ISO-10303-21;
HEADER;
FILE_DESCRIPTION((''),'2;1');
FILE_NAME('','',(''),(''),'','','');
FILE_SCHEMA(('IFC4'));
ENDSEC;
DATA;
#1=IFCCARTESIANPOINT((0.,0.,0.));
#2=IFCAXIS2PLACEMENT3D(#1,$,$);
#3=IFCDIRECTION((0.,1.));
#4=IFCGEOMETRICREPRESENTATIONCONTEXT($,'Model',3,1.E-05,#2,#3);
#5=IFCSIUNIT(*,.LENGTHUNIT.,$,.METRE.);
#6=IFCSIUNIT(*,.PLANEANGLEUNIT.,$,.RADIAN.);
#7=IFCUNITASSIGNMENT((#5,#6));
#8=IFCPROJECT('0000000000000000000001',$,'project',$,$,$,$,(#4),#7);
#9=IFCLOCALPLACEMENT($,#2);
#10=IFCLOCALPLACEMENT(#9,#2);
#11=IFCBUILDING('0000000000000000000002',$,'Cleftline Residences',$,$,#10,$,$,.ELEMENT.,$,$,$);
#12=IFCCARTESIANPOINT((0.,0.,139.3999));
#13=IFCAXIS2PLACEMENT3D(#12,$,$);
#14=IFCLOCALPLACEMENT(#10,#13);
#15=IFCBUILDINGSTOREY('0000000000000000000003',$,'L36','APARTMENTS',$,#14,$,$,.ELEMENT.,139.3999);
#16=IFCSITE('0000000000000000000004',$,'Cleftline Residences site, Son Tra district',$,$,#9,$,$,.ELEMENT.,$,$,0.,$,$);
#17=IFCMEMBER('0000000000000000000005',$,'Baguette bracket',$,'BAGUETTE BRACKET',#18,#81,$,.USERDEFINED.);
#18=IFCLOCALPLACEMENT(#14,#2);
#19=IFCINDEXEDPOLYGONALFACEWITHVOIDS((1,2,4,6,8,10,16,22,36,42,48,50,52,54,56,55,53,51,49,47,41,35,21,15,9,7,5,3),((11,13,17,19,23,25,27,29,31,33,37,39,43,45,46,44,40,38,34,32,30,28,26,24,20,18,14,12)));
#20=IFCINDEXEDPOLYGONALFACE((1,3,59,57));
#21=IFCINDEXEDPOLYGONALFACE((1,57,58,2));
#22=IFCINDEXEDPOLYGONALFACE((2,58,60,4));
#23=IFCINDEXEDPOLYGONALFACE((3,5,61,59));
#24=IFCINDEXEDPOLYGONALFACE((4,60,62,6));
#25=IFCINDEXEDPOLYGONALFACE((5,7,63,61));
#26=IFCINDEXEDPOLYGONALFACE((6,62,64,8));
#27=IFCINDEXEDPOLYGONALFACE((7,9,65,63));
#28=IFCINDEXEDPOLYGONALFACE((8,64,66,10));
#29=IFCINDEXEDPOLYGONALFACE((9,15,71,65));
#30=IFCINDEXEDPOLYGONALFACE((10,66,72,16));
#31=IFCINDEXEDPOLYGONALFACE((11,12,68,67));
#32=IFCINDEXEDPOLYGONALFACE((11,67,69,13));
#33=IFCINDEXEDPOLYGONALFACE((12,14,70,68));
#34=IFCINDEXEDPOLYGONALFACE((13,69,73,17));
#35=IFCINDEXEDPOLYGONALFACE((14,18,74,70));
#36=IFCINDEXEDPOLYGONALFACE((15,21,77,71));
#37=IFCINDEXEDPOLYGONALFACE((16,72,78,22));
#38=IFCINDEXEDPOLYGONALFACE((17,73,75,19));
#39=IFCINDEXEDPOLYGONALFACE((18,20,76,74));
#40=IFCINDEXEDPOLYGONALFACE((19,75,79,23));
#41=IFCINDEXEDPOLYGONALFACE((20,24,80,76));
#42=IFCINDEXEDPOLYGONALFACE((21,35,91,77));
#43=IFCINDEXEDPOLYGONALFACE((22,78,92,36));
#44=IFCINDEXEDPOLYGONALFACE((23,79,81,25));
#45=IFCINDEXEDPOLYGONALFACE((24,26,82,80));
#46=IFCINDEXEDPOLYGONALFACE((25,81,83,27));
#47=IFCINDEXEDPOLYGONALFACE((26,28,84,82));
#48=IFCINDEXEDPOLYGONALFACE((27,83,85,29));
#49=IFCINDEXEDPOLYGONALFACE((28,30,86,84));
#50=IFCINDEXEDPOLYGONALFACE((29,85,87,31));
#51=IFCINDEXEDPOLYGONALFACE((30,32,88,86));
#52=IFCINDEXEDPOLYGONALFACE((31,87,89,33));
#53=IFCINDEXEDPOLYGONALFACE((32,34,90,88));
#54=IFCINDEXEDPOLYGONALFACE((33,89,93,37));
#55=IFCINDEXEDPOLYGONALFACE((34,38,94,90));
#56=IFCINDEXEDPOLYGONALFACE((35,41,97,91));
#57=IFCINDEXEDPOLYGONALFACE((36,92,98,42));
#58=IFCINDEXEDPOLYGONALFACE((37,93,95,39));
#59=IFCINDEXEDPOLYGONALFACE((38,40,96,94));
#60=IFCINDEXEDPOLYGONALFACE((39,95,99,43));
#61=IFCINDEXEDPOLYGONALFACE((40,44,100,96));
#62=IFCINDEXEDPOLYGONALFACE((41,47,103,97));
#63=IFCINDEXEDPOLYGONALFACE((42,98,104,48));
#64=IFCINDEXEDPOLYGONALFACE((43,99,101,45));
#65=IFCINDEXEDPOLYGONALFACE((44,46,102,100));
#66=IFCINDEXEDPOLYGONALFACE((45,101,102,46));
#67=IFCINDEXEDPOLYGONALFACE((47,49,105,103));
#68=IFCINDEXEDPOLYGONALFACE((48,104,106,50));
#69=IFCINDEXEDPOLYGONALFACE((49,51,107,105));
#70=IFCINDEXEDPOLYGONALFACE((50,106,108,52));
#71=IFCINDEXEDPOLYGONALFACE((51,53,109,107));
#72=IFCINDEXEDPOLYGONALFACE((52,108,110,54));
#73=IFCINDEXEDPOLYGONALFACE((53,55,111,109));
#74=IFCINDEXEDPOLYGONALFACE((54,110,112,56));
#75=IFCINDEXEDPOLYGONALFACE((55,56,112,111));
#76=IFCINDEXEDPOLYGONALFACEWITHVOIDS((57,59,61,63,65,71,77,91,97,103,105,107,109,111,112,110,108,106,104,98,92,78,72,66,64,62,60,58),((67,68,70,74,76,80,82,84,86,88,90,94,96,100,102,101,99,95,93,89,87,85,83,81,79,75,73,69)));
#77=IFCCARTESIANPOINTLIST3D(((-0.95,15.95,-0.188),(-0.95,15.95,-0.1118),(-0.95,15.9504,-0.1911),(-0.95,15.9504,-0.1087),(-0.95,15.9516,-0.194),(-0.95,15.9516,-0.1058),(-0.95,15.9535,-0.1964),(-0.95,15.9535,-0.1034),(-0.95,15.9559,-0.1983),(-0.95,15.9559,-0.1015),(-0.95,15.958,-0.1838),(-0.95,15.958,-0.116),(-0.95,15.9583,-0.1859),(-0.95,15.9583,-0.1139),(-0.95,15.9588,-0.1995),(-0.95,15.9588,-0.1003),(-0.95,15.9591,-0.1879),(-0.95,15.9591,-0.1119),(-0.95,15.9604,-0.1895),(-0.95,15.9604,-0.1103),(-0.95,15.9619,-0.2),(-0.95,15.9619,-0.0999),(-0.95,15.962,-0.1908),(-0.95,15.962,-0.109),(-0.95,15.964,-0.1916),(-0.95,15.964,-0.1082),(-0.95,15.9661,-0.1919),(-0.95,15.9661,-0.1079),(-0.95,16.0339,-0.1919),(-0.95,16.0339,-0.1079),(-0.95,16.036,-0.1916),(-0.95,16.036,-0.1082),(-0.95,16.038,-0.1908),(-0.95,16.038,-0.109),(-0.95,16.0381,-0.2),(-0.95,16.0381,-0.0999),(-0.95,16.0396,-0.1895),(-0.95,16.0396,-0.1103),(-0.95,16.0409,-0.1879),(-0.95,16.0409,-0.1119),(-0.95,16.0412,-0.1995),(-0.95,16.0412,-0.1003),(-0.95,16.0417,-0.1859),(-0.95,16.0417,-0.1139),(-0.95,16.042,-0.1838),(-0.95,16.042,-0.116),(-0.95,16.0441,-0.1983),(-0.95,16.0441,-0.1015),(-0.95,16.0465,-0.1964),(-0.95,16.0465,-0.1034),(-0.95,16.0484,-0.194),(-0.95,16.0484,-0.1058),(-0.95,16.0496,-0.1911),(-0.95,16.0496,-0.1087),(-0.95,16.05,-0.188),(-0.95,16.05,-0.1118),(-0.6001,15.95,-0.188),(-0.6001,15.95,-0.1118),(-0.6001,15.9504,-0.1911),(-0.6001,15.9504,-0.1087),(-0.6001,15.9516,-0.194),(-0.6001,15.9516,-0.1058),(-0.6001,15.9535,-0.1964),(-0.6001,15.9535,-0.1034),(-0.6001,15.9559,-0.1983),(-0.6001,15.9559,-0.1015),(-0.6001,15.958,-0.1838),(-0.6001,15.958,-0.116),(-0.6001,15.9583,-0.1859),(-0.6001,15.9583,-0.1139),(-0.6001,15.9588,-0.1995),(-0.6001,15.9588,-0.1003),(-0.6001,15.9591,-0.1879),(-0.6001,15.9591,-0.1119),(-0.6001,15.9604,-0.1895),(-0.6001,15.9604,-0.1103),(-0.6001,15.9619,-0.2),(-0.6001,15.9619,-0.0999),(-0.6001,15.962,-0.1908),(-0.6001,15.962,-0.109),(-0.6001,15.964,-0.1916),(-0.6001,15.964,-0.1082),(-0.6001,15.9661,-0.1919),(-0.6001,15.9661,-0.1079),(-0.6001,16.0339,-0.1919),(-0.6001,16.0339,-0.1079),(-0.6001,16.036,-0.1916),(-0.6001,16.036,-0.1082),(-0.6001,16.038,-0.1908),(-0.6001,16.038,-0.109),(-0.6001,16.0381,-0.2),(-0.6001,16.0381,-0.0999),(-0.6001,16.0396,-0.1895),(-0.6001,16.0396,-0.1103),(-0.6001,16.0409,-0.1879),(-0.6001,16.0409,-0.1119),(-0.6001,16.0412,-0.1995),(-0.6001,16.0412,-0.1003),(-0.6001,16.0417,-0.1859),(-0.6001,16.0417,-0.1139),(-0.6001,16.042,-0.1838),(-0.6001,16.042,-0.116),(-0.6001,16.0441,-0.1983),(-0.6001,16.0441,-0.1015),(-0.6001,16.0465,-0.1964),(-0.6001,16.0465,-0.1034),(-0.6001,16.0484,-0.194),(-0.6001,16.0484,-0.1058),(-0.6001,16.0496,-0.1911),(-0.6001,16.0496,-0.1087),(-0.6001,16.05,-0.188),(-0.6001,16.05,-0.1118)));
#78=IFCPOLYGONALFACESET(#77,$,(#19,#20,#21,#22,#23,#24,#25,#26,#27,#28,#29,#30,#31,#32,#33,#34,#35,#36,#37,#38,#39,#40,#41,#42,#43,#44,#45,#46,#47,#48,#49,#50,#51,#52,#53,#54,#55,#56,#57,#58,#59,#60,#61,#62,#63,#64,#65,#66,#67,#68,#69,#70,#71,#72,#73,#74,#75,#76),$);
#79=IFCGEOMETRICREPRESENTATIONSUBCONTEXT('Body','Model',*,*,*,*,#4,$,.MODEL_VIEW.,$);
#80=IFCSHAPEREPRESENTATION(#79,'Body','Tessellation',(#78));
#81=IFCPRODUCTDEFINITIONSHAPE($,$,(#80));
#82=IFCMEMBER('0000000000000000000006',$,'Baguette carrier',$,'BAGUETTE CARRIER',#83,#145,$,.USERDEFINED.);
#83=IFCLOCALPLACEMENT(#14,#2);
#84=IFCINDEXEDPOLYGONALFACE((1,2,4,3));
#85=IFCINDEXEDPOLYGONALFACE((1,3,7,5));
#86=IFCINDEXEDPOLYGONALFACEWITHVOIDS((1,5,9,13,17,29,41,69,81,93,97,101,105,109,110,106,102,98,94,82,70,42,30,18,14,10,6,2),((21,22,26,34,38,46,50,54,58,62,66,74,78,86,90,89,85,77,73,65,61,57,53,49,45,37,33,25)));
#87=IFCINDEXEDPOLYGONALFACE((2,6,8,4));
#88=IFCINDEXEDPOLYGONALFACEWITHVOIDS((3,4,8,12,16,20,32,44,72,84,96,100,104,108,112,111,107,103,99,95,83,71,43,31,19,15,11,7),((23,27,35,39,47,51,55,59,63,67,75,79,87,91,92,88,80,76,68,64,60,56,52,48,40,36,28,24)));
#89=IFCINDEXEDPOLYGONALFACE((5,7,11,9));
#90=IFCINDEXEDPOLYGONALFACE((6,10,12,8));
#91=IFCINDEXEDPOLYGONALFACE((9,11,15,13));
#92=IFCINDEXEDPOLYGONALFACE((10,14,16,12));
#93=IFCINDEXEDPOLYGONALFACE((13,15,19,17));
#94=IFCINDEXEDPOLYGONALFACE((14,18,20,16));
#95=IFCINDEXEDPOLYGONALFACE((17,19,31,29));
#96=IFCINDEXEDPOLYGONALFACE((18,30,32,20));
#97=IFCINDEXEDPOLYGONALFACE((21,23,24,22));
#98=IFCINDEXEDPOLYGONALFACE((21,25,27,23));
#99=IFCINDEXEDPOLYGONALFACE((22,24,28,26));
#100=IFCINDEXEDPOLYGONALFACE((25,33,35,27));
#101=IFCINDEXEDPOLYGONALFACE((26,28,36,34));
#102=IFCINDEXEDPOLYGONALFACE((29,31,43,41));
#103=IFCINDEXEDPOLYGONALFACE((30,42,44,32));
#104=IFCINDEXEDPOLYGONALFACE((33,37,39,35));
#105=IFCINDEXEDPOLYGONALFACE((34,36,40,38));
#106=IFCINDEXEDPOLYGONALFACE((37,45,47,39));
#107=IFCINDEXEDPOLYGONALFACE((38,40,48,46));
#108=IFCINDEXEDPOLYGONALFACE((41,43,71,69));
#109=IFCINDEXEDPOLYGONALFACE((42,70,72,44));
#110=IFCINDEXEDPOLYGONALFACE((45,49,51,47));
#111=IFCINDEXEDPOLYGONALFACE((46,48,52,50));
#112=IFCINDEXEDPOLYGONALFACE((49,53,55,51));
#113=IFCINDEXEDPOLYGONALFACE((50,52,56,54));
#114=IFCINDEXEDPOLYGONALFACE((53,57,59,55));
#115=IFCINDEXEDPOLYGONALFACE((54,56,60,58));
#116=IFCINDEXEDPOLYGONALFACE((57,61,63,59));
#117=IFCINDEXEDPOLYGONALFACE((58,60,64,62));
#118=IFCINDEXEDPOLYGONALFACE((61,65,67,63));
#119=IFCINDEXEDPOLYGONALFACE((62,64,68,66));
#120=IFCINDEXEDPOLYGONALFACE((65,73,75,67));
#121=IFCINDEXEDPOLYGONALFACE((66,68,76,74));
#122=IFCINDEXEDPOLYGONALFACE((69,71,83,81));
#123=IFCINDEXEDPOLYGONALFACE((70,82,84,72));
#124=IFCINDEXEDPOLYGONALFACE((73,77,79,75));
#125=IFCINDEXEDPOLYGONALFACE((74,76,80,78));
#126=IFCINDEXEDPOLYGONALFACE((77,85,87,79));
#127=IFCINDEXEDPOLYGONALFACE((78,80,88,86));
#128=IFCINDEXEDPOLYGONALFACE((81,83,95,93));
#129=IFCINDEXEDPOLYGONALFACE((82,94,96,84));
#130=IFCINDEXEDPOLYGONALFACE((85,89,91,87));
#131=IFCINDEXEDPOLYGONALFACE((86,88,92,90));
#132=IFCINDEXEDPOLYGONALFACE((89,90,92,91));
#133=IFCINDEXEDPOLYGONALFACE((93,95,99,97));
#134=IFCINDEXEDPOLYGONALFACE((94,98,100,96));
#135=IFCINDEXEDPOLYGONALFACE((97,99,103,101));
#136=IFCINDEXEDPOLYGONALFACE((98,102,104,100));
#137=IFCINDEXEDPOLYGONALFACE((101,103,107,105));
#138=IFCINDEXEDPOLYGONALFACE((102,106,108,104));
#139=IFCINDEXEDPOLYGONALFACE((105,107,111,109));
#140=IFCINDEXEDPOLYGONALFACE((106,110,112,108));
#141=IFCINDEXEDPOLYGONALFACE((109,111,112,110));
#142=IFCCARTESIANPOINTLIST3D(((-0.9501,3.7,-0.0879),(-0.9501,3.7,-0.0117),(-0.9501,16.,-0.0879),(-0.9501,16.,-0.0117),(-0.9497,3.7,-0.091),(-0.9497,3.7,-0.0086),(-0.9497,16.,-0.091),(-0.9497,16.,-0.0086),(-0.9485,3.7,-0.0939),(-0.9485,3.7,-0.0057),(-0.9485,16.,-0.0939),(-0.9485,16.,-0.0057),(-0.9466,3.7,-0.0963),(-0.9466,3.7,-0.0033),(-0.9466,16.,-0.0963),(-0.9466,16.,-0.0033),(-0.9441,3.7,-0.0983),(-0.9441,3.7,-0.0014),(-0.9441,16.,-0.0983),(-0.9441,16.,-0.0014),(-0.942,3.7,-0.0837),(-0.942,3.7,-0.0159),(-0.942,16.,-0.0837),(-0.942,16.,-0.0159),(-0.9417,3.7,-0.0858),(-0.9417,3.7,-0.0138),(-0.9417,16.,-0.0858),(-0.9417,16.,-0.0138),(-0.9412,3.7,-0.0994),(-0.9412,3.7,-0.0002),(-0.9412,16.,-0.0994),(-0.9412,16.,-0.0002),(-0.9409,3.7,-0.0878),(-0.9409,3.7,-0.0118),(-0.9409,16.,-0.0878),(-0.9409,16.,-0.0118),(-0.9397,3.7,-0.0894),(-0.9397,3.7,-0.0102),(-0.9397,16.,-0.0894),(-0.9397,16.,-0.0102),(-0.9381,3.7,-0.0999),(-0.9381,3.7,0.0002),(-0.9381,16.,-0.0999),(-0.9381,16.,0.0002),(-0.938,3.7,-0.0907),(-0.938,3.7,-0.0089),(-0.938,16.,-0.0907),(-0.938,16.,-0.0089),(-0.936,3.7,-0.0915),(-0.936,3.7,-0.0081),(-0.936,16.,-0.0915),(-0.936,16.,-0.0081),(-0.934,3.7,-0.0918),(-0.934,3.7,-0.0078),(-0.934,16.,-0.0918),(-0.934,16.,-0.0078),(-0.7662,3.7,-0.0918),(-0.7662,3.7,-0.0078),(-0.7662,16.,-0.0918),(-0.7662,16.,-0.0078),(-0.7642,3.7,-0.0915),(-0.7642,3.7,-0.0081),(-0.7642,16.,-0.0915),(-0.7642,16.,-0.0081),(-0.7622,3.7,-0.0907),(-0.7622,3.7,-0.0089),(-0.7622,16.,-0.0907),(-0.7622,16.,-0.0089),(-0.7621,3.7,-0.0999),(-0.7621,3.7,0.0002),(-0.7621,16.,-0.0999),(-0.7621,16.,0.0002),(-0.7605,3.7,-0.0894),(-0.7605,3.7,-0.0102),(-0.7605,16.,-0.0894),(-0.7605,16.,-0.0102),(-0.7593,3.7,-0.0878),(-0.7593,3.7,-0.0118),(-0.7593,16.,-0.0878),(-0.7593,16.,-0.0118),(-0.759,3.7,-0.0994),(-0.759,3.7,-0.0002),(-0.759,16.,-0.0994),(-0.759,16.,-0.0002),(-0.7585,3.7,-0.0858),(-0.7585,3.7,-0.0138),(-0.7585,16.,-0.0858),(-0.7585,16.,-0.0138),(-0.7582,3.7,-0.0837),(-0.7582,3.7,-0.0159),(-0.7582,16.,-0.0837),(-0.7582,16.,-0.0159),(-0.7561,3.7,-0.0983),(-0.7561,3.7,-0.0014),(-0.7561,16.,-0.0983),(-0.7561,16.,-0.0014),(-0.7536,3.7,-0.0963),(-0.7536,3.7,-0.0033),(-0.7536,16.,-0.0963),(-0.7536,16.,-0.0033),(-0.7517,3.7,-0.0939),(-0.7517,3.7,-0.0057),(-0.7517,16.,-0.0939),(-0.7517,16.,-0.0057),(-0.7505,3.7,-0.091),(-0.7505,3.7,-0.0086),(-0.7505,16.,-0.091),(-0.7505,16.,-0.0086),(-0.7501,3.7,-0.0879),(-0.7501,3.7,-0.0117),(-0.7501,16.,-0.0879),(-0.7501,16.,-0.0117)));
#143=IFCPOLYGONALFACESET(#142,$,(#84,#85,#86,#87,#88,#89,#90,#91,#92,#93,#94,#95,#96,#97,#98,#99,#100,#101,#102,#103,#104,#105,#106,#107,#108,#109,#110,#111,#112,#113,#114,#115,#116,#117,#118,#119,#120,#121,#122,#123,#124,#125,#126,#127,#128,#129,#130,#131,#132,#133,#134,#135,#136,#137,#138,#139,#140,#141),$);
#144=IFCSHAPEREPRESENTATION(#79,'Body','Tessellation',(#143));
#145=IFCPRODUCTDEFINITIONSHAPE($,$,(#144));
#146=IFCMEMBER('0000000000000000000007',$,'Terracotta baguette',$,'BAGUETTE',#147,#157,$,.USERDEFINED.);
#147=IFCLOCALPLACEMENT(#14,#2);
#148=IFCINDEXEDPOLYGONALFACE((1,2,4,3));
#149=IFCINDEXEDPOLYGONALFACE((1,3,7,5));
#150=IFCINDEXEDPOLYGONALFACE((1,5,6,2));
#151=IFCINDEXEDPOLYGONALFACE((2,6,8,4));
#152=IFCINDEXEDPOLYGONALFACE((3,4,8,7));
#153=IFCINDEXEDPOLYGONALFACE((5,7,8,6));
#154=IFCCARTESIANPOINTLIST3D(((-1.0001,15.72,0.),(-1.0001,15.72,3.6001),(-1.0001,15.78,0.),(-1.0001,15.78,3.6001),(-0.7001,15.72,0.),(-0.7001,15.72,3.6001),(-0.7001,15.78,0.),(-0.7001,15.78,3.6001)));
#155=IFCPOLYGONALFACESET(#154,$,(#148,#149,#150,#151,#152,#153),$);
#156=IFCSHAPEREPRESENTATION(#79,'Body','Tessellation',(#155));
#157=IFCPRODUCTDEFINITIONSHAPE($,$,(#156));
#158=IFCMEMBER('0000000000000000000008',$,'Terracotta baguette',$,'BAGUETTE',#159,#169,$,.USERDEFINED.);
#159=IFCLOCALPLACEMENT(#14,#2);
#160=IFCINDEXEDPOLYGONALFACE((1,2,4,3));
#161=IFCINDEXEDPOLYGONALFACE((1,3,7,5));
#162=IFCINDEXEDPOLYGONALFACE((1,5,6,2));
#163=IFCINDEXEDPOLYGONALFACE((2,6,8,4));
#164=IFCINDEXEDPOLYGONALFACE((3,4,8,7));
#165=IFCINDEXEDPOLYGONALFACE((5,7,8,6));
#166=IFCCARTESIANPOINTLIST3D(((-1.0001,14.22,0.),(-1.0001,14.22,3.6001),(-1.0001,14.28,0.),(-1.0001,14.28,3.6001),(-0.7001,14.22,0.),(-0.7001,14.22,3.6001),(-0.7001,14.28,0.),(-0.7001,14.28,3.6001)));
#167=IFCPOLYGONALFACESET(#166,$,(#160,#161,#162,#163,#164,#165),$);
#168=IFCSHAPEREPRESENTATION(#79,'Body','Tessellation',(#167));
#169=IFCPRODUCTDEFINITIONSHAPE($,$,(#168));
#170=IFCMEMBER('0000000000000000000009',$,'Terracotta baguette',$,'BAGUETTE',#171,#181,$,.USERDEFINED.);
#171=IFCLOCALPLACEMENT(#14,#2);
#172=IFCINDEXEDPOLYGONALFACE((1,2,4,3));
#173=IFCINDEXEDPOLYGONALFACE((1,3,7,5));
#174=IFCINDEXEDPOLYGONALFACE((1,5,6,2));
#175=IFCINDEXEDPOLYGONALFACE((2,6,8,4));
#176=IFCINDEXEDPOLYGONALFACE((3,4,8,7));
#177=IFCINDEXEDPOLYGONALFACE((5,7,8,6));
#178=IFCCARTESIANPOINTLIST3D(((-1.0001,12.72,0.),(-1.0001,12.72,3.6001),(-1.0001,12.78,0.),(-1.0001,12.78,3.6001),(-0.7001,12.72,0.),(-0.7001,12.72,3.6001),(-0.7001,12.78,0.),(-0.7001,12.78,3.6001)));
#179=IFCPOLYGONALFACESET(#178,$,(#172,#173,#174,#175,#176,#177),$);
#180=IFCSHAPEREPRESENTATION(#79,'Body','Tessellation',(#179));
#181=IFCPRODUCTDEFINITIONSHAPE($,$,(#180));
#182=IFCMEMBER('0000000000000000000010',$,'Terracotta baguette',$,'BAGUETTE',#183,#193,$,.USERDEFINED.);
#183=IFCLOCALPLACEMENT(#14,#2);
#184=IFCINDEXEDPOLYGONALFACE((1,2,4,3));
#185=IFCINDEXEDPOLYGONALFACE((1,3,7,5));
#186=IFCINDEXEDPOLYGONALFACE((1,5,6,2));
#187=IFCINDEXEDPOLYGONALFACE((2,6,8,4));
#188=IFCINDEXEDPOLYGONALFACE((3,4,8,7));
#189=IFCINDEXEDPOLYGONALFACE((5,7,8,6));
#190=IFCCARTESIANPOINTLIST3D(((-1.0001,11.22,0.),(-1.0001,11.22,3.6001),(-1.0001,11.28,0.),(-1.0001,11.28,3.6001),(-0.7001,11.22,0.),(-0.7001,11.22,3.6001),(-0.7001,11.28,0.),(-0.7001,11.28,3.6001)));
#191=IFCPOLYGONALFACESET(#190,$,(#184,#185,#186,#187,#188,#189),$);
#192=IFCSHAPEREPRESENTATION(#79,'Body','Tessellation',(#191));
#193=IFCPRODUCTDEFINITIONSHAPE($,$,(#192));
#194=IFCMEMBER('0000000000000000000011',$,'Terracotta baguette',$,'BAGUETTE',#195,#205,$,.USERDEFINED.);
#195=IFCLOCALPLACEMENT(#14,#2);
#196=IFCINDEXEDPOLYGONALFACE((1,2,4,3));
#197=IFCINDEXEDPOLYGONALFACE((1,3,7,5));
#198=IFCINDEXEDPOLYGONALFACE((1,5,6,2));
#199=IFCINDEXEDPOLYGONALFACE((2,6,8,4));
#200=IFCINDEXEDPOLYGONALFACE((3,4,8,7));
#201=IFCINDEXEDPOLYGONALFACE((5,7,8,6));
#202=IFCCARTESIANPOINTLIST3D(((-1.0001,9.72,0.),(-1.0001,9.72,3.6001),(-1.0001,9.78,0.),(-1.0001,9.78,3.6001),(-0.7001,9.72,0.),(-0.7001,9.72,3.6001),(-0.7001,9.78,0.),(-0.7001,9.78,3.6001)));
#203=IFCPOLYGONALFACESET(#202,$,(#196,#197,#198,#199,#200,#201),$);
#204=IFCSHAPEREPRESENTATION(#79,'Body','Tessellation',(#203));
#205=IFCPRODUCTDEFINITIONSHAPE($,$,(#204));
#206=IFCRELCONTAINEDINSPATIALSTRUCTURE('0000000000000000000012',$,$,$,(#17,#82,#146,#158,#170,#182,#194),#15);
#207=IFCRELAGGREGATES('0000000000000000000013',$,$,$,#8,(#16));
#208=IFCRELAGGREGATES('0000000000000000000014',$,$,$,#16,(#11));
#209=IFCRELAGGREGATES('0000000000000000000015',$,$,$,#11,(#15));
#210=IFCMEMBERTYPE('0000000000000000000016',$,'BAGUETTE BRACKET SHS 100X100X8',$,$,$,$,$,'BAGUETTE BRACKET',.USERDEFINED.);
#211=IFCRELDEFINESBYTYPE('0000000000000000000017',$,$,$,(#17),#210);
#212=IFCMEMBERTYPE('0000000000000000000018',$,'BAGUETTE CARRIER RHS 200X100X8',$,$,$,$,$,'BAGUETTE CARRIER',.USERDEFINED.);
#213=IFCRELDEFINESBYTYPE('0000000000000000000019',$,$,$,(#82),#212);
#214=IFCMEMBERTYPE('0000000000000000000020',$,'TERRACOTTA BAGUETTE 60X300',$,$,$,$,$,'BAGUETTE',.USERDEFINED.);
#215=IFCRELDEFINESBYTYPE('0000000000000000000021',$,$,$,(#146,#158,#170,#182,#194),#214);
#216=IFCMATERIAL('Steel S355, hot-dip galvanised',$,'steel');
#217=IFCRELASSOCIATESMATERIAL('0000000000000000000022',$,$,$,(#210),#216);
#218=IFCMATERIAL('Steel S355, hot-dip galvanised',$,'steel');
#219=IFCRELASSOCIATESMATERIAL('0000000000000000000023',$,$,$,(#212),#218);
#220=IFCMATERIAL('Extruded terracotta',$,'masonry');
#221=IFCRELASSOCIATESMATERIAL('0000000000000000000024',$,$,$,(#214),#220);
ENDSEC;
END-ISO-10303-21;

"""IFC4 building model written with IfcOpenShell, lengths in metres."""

from ifc_helpers import new_model, si_unit, direction, frame, origin, origin_2d, place, context, subcontext, project, spatial, rectangle, hollow_rectangle, extrude, material, material_profile, profile_set, type_object, element, save


model = new_model("IFC4")

# Units and contexts
model_context = context("Model", 3, precision=1e-05, world=origin(), true_north=direction((0.0, 1.0)))
body_context = subcontext(model_context, "Body", "Model", "MODEL_VIEW")
ifc_project = project(units=[si_unit("LENGTHUNIT", "METRE"), si_unit("PLANEANGLEUNIT", "RADIAN")], contexts=[model_context])

# Site, building, storey
site_placement = place(None, origin())
site = spatial("IfcSite", under=ifc_project, at=site_placement, Name="Cleftline Residences site, Son Tra district", CompositionType="ELEMENT", RefElevation=0.0)
building_placement = place(site_placement, origin())
building = spatial("IfcBuilding", under=site, at=building_placement, Name="Cleftline Residences", CompositionType="ELEMENT")
storey_placement = place(building_placement, frame((0.0, 0.0, 139.3999)))
storey = spatial("IfcBuildingStorey", under=building, at=storey_placement, Name="L36", Description="APARTMENTS", CompositionType="ELEMENT", Elevation=139.3999)

# Members
ifc_material_1 = material(Name="Steel S355, hot-dip galvanised", Category="steel")
ifc_material_profile_1 = material_profile(ifc_material_1, hollow_rectangle(XDim=0.1001, YDim=0.1001, WallThickness=0.0081, InnerFilletRadius=0.0081, OuterFilletRadius=0.012, at=origin_2d()))
ifc_profile_set_1 = profile_set([ifc_material_profile_1], Name="Steel S355, hot-dip galvanised")
member_type_1 = type_object("IfcMemberType", Name="BAGUETTE BRACKET SHS 100X100X8", ElementType="BAGUETTE BRACKET", PredefinedType="USERDEFINED", material=ifc_profile_set_1)
member_1_placement = place(storey_placement, frame((-0.6001, 16.0, -0.1499), z_axis=(-1.0, 0.0, 0.0), x_axis=(0.0, -1.0, 0.0)))
element("IfcMember", 1, at=member_1_placement, inside=storey, type_object=member_type_1, Name="Baguette bracket", ObjectType="BAGUETTE BRACKET", PredefinedType="USERDEFINED", context=body_context, shape_type="SweptSolid", body=[
    extrude(hollow_rectangle(XDim=0.1001, YDim=0.1001, WallThickness=0.0081, InnerFilletRadius=0.0081, OuterFilletRadius=0.012, at=origin_2d()), origin(), (0.0, 0.0, 1.0), 0.3499),
])
ifc_material_2 = material(Name="Steel S355, hot-dip galvanised", Category="steel")
ifc_material_profile_2 = material_profile(ifc_material_2, hollow_rectangle(XDim=0.1001, YDim=0.2, WallThickness=0.0081, InnerFilletRadius=0.0081, OuterFilletRadius=0.012, at=origin_2d()))
ifc_profile_set_2 = profile_set([ifc_material_profile_2], Name="Steel S355, hot-dip galvanised")
member_type_2 = type_object("IfcMemberType", Name="BAGUETTE CARRIER RHS 200X100X8", ElementType="BAGUETTE CARRIER", PredefinedType="USERDEFINED", material=ifc_profile_set_2)
member_2_placement = place(storey_placement, frame((-0.8501, 16.0, -0.0498), z_axis=(0.0, -1.0, 0.0), x_axis=(0.0, 0.0, 1.0)))
element("IfcMember", 2, at=member_2_placement, inside=storey, type_object=member_type_2, Name="Baguette carrier", ObjectType="BAGUETTE CARRIER", PredefinedType="USERDEFINED", context=body_context, shape_type="SweptSolid", body=[
    extrude(hollow_rectangle(XDim=0.1001, YDim=0.2, WallThickness=0.0081, InnerFilletRadius=0.0081, OuterFilletRadius=0.012, at=origin_2d()), origin(), (0.0, 0.0, 1.0), 12.3),
])
ifc_material_3 = material(Name="Extruded terracotta", Category="masonry")
ifc_material_profile_3 = material_profile(ifc_material_3, rectangle(XDim=0.0601, YDim=0.3, at=origin_2d()))
ifc_profile_set_3 = profile_set([ifc_material_profile_3], Name="Extruded terracotta")
member_type_3 = type_object("IfcMemberType", Name="TERRACOTTA BAGUETTE 60X300", ElementType="BAGUETTE", PredefinedType="USERDEFINED", material=ifc_profile_set_3)
for number, where, z_axis, x_axis, name in (
    (3, (-0.8501, 15.75, 0.0), (0.0, 0.0, 1.0), (0.0, 1.0, 0.0), "Terracotta baguette"),
    (4, (-0.8501, 14.25, 0.0), (0.0, 0.0, 1.0), (0.0, 1.0, 0.0), "Terracotta baguette"),
    (5, (-0.8501, 12.75, 0.0), (0.0, 0.0, 1.0), (0.0, 1.0, 0.0), "Terracotta baguette"),
    (6, (-0.8501, 11.25, 0.0), (0.0, 0.0, 1.0), (0.0, 1.0, 0.0), "Terracotta baguette"),
    (7, (-0.8501, 9.75, 0.0), (0.0, 0.0, 1.0), (0.0, 1.0, 0.0), "Terracotta baguette"),
):
    element("IfcMember", number, at=place(storey_placement, frame(where, z_axis=z_axis, x_axis=x_axis)), inside=storey, type_object=member_type_3, Name=name, ObjectType="BAGUETTE", PredefinedType="USERDEFINED", context=body_context, shape_type="SweptSolid", body=[
        extrude(rectangle(XDim=0.0601, YDim=0.3, at=origin_2d()), origin(), (0.0, 0.0, 1.0), 3.6001),
    ])

save(model, "model.ifc")
